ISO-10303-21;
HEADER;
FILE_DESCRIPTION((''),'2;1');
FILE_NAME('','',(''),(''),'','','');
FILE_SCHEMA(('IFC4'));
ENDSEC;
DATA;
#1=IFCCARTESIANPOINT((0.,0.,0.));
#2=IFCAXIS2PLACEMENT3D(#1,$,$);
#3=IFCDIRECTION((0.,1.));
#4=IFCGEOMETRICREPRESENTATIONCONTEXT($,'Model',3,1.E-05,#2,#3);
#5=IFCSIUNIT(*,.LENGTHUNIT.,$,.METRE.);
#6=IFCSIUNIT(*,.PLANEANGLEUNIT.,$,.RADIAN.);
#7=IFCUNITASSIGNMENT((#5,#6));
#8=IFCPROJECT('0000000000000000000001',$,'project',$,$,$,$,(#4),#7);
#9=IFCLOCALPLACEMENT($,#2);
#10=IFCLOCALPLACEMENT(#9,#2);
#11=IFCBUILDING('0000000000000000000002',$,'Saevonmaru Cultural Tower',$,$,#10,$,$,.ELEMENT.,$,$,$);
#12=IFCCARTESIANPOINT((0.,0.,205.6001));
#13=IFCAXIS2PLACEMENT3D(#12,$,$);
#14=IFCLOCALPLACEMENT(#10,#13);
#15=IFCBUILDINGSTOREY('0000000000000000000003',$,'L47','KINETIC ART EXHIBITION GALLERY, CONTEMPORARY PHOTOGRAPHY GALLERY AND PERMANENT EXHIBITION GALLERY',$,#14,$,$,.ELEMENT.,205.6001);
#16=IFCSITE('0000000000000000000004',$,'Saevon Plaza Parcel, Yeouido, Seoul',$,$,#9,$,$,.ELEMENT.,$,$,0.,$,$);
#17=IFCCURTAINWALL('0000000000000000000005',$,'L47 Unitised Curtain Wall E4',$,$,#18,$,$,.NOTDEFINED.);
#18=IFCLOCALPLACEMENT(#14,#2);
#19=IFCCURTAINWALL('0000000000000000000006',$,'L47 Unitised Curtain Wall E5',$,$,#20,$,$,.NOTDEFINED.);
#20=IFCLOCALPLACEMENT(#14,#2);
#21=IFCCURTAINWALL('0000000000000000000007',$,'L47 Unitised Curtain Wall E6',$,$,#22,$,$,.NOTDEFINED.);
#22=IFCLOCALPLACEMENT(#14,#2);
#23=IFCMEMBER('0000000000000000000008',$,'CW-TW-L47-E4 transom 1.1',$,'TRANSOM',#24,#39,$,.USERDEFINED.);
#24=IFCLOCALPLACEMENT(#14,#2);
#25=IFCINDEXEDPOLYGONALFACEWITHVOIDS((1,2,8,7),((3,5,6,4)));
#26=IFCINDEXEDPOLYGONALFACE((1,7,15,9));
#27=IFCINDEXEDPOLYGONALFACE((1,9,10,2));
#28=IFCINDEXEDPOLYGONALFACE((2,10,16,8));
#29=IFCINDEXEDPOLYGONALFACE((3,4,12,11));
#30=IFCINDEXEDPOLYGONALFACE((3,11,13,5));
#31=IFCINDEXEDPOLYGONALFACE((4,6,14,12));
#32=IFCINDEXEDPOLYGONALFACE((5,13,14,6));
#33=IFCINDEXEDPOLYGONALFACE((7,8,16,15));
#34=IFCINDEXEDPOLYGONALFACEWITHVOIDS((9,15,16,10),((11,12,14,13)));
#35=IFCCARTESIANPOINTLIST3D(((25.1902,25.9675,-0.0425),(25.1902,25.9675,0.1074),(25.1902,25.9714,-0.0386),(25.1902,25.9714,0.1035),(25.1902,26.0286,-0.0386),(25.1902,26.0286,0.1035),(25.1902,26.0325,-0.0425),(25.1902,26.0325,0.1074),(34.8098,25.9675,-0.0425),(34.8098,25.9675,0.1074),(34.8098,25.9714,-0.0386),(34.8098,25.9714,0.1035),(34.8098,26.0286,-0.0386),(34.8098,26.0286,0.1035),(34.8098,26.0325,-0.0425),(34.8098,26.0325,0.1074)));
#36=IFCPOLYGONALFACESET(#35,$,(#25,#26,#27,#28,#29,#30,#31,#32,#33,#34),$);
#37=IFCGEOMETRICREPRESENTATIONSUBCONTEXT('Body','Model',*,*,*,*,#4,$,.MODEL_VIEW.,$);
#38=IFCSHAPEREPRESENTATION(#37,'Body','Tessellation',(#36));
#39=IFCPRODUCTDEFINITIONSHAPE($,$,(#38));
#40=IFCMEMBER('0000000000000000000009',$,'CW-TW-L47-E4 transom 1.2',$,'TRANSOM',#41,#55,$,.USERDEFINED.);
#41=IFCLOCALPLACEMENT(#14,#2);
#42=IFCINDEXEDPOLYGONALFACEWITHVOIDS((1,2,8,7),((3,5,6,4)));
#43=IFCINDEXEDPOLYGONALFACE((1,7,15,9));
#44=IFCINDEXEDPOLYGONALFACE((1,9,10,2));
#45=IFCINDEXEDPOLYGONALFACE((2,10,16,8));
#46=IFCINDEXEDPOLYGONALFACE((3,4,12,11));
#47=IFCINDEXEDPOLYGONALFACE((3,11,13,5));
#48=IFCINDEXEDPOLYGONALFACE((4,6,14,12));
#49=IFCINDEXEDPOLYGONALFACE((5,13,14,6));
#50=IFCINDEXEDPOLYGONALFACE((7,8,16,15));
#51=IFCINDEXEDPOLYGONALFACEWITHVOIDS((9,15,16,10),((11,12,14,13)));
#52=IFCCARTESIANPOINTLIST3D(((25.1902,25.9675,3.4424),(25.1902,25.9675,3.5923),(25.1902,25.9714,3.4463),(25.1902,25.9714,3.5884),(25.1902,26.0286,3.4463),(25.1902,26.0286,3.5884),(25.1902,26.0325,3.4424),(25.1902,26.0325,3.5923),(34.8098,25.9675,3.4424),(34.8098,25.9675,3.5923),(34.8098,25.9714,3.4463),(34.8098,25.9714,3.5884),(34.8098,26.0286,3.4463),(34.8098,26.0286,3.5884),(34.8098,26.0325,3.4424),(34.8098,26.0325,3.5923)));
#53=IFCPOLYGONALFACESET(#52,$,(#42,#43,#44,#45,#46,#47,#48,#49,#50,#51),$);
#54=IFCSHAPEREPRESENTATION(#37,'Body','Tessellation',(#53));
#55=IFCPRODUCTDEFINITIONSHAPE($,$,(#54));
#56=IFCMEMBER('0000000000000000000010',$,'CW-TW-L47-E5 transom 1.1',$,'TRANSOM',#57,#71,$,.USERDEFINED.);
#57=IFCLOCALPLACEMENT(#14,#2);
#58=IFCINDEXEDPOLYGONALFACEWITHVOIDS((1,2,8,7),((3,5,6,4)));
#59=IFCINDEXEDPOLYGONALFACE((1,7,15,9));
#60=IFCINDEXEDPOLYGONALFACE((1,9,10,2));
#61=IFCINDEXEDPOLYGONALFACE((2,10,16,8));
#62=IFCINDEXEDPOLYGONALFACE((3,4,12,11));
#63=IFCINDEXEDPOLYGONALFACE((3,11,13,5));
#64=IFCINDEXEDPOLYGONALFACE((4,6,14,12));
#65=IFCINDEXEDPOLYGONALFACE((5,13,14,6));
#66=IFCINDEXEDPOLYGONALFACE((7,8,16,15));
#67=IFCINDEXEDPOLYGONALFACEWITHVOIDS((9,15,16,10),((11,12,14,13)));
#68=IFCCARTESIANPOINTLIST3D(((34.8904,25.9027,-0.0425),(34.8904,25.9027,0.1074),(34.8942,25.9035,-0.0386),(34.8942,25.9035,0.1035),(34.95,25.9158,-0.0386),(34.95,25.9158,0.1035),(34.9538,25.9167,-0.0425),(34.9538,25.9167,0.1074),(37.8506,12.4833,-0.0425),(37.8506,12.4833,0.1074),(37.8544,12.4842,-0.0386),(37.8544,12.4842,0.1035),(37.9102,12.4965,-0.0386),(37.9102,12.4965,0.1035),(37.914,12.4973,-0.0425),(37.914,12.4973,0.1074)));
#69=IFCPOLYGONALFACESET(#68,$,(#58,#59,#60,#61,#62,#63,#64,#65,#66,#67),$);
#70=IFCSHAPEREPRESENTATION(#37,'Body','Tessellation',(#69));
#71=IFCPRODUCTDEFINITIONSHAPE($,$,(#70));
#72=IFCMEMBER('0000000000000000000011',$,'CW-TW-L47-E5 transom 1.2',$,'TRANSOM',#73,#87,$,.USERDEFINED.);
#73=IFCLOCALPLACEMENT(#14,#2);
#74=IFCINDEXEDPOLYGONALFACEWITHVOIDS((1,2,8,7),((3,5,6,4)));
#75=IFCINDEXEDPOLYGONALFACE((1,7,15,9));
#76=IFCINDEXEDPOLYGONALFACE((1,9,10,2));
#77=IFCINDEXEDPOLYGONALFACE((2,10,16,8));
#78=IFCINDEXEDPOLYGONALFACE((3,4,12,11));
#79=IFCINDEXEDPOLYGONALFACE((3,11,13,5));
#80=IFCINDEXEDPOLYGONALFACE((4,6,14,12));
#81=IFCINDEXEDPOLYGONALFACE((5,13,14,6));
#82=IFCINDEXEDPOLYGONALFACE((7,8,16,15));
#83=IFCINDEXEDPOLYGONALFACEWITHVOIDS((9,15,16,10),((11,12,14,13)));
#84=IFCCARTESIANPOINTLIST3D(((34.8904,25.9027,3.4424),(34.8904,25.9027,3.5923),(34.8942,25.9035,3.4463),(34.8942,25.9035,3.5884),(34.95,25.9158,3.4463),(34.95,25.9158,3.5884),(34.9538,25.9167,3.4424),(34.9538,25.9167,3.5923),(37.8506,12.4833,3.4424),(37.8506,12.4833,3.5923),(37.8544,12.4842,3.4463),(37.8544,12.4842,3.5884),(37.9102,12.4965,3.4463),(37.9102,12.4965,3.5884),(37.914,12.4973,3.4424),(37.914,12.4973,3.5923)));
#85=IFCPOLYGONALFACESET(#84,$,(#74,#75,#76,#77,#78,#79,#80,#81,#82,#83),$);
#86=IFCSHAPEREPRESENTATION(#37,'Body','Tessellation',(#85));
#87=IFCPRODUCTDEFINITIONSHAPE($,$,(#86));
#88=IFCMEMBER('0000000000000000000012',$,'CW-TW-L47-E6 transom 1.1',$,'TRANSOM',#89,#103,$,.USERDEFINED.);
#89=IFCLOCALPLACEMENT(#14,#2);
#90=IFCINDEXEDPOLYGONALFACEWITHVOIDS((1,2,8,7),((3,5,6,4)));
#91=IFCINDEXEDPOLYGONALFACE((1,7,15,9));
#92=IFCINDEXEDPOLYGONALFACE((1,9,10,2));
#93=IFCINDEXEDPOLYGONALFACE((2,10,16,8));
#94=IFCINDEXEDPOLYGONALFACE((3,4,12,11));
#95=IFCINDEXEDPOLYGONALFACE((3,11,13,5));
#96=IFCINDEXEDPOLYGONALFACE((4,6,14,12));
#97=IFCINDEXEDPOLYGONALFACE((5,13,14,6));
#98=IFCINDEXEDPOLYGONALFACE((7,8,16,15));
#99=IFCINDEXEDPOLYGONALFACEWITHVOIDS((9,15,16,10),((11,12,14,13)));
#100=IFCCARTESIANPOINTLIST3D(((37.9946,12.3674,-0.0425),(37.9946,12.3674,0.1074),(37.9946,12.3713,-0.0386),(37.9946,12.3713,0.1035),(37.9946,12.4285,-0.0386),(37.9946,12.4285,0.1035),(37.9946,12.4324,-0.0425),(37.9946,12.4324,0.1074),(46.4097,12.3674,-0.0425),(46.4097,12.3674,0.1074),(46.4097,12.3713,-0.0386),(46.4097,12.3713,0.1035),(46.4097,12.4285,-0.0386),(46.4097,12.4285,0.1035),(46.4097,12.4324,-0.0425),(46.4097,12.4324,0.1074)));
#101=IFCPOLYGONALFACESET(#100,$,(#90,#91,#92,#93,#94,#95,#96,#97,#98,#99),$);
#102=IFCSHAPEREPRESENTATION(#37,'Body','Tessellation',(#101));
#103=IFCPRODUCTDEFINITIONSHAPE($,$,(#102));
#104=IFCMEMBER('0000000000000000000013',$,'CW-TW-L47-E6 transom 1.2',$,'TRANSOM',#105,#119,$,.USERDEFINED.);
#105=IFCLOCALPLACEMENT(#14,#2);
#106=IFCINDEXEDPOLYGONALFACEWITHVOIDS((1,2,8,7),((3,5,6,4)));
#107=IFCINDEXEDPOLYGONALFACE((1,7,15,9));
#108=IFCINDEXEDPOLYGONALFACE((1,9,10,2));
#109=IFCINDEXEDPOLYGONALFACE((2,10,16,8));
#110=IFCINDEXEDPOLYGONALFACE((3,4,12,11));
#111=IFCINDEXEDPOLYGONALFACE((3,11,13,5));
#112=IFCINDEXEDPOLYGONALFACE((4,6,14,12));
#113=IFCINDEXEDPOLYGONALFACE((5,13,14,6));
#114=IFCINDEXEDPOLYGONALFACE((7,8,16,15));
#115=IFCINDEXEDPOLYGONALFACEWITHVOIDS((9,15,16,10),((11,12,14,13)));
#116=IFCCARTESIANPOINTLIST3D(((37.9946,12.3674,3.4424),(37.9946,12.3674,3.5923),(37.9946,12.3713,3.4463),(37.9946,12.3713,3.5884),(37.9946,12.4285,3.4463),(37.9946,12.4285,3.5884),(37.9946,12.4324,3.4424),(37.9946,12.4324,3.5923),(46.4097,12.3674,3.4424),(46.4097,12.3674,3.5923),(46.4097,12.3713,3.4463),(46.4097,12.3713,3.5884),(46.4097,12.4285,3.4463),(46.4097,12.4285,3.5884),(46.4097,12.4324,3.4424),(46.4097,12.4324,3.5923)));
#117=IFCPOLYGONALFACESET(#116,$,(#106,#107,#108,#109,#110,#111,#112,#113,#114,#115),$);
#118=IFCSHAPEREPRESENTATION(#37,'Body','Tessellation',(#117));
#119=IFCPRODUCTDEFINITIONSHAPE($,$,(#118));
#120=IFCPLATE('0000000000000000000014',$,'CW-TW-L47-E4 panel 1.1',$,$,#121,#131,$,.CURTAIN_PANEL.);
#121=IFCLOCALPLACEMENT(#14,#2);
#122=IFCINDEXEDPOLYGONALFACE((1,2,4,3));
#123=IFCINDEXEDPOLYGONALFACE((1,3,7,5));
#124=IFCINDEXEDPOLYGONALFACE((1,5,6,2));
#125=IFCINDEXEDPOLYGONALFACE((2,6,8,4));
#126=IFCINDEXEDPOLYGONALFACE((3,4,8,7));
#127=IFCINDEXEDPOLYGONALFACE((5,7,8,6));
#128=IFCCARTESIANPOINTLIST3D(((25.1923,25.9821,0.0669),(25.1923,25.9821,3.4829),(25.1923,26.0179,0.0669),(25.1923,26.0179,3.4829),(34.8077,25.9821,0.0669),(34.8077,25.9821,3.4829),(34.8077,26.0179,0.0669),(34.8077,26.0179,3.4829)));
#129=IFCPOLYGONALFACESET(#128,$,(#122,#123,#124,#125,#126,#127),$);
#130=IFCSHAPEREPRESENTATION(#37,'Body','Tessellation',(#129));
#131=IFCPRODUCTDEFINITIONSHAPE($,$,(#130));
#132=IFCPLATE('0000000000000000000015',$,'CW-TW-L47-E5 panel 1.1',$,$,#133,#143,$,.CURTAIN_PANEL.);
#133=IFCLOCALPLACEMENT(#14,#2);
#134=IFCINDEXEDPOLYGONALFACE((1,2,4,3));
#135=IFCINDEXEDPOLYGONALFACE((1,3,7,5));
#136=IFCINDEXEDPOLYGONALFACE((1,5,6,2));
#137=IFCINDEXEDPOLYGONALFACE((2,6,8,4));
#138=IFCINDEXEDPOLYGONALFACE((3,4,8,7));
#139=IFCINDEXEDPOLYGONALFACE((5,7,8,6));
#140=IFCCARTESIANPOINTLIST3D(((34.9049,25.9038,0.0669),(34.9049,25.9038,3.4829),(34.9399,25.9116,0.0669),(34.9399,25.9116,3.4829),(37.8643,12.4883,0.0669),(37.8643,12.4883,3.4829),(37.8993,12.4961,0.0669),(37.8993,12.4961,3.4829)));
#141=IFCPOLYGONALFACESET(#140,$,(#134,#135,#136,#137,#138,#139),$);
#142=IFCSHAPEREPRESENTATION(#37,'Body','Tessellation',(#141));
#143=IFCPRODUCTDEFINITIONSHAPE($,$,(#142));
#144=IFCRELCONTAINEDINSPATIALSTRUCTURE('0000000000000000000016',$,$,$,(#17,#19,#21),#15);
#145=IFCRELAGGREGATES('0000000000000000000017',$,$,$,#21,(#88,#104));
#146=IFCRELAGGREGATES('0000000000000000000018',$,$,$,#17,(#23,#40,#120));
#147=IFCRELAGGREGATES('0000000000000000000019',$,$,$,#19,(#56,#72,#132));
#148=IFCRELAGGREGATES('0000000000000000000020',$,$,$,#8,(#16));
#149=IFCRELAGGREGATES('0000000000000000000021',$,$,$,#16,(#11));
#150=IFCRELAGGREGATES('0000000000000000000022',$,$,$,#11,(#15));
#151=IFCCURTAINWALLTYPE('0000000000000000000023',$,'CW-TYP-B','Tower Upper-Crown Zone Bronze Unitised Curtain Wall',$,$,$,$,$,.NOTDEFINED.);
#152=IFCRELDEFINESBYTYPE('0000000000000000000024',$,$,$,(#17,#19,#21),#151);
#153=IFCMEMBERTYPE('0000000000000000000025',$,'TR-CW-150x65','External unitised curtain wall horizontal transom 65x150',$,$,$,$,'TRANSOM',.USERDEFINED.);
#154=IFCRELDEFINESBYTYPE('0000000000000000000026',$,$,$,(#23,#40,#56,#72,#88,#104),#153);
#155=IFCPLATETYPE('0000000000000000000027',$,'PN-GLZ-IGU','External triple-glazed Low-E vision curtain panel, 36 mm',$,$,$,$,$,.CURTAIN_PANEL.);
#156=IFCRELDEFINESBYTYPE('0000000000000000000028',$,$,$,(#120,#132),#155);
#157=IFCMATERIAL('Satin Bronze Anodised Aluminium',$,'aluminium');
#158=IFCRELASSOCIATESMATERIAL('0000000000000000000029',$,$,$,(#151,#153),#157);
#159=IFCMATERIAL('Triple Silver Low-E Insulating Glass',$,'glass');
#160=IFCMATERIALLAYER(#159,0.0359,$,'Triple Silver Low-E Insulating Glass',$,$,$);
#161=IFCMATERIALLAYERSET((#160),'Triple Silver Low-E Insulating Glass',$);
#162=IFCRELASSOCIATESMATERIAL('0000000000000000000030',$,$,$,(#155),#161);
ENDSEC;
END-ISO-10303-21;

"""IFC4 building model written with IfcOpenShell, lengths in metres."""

from ifc_helpers import new_model, si_unit, direction, frame, origin, origin_2d, place, context, subcontext, project, spatial, rectangle, hollow_rectangle, extrude, material, layer, layer_set, material_profile, profile_set, type_object, element, aggregate, save


model = new_model("IFC4")

# Units and contexts
model_context = context("Model", 3, precision=1e-05, world=origin(), true_north=direction((0.0, 1.0)))
body_context = subcontext(model_context, "Body", "Model", "MODEL_VIEW")
ifc_project = project(units=[si_unit("LENGTHUNIT", "METRE"), si_unit("PLANEANGLEUNIT", "RADIAN")], contexts=[model_context])

# Site, building, storey
site_placement = place(None, origin())
site = spatial("IfcSite", under=ifc_project, at=site_placement, Name="Saevon Plaza Parcel, Yeouido, Seoul", CompositionType="ELEMENT", RefElevation=0.0)
building_placement = place(site_placement, origin())
building = spatial("IfcBuilding", under=site, at=building_placement, Name="Saevonmaru Cultural Tower", CompositionType="ELEMENT")
storey_placement = place(building_placement, frame((0.0, 0.0, 205.6001)))
storey = spatial("IfcBuildingStorey", under=building, at=storey_placement, Name="L47", Description="KINETIC ART EXHIBITION GALLERY, CONTEMPORARY PHOTOGRAPHY GALLERY AND PERMANENT EXHIBITION GALLERY", CompositionType="ELEMENT", Elevation=205.6001)

# Curtain wall
ifc_material_1 = material(Name="Satin Bronze Anodised Aluminium", Category="aluminium")
curtain_wall_type = type_object("IfcCurtainWallType", Name="CW-TYP-B", Description="Tower Upper-Crown Zone Bronze Unitised Curtain Wall", PredefinedType="NOTDEFINED", material=ifc_material_1)
curtain_wall_1_placement = place(storey_placement, origin())
curtain_wall_1 = element("IfcCurtainWall", 1, at=curtain_wall_1_placement, inside=storey, type_object=curtain_wall_type, Name="L47 Unitised Curtain Wall E4", PredefinedType="NOTDEFINED")

# Curtain wall
curtain_wall_2_placement = place(storey_placement, origin())
curtain_wall_2 = element("IfcCurtainWall", 2, at=curtain_wall_2_placement, inside=storey, type_object=curtain_wall_type, Name="L47 Unitised Curtain Wall E5", PredefinedType="NOTDEFINED")

# Curtain wall
curtain_wall_3_placement = place(storey_placement, origin())
curtain_wall_3 = element("IfcCurtainWall", 3, at=curtain_wall_3_placement, inside=storey, type_object=curtain_wall_type, Name="L47 Unitised Curtain Wall E6", PredefinedType="NOTDEFINED")

# Members
ifc_material_profile_1 = material_profile(ifc_material_1, hollow_rectangle(XDim=0.0649, YDim=0.1499, WallThickness=0.0039, at=origin_2d()), Name="ALU-TRAN-150x65x4")
ifc_profile_set_1 = profile_set([ifc_material_profile_1], Name="Satin Bronze Anodised Aluminium")
member_type_1 = type_object("IfcMemberType", Name="TR-CW-150x65", Description="External unitised curtain wall horizontal transom 65x150", ElementType="TRANSOM", PredefinedType="USERDEFINED", material=ifc_profile_set_1)
member_1_placement = place(storey_placement, frame((25.1902, 26.0, 0.0325), z_axis=(1.0, 0.0, 0.0), x_axis=(0.0, 1.0, 0.0)))
member_1 = element("IfcMember", 4, at=member_1_placement, type_object=member_type_1, Name="CW-TW-L47-E4 transom 1.1", ObjectType="TRANSOM", PredefinedType="USERDEFINED", context=body_context, shape_type="SweptSolid", body=[
    extrude(hollow_rectangle(XDim=0.0649, YDim=0.1499, WallThickness=0.0039, at=origin_2d()), origin(), (0.0, 0.0, 1.0), 9.6196),
])
member_2_placement = place(storey_placement, frame((25.1902, 26.0, 3.5173), z_axis=(1.0, 0.0, 0.0), x_axis=(0.0, 1.0, 0.0)))
member_2 = element("IfcMember", 5, at=member_2_placement, type_object=member_type_1, Name="CW-TW-L47-E4 transom 1.2", ObjectType="TRANSOM", PredefinedType="USERDEFINED", context=body_context, shape_type="SweptSolid", body=[
    extrude(hollow_rectangle(XDim=0.0649, YDim=0.1499, WallThickness=0.0039, at=origin_2d()), origin(), (0.0, 0.0, 1.0), 9.6196),
])
member_3_placement = place(storey_placement, frame((34.9221, 25.9097, 0.0325), z_axis=(0.215412, -0.976523, 0.0), x_axis=(0.976523, 0.215412, 0.0)))
member_3 = element("IfcMember", 6, at=member_3_placement, type_object=member_type_1, Name="CW-TW-L47-E5 transom 1.1", ObjectType="TRANSOM", PredefinedType="USERDEFINED", context=body_context, shape_type="SweptSolid", body=[
    extrude(hollow_rectangle(XDim=0.0649, YDim=0.1499, WallThickness=0.0039, at=origin_2d()), origin(), (0.0, 0.0, 1.0), 13.7419),
])
member_4_placement = place(storey_placement, frame((34.9221, 25.9097, 3.5173), z_axis=(0.215412, -0.976523, 0.0), x_axis=(0.976523, 0.215412, 0.0)))
member_4 = element("IfcMember", 7, at=member_4_placement, type_object=member_type_1, Name="CW-TW-L47-E5 transom 1.2", ObjectType="TRANSOM", PredefinedType="USERDEFINED", context=body_context, shape_type="SweptSolid", body=[
    extrude(hollow_rectangle(XDim=0.0649, YDim=0.1499, WallThickness=0.0039, at=origin_2d()), origin(), (0.0, 0.0, 1.0), 13.7419),
])
member_5_placement = place(storey_placement, frame((37.9946, 12.3999, 0.0325), z_axis=(1.0, 0.0, 0.0), x_axis=(0.0, 1.0, 0.0)))
member_5 = element("IfcMember", 8, at=member_5_placement, type_object=member_type_1, Name="CW-TW-L47-E6 transom 1.1", ObjectType="TRANSOM", PredefinedType="USERDEFINED", context=body_context, shape_type="SweptSolid", body=[
    extrude(hollow_rectangle(XDim=0.0649, YDim=0.1499, WallThickness=0.0039, at=origin_2d()), origin(), (0.0, 0.0, 1.0), 8.415),
])
member_6_placement = place(storey_placement, frame((37.9946, 12.3999, 3.5173), z_axis=(1.0, 0.0, 0.0), x_axis=(0.0, 1.0, 0.0)))
member_6 = element("IfcMember", 9, at=member_6_placement, type_object=member_type_1, Name="CW-TW-L47-E6 transom 1.2", ObjectType="TRANSOM", PredefinedType="USERDEFINED", context=body_context, shape_type="SweptSolid", body=[
    extrude(hollow_rectangle(XDim=0.0649, YDim=0.1499, WallThickness=0.0039, at=origin_2d()), origin(), (0.0, 0.0, 1.0), 8.415),
])
aggregate(curtain_wall_3, [member_5, member_6])

# Plates
ifc_material_2 = material(Name="Triple Silver Low-E Insulating Glass", Category="glass")
ifc_layer = layer(ifc_material_2, 0.0359, Name="Triple Silver Low-E Insulating Glass")
ifc_layer_set = layer_set([ifc_layer], Name="Triple Silver Low-E Insulating Glass")
plate_type = type_object("IfcPlateType", Name="PN-GLZ-IGU", Description="External triple-glazed Low-E vision curtain panel, 36 mm", PredefinedType="CURTAIN_PANEL", material=ifc_layer_set)
plate_1_placement = place(storey_placement, frame((30.0, 26.0, 0.0669), z_axis=(0.0, 0.0, 1.0), x_axis=(1.0, 0.0, 0.0)))
plate_1 = element("IfcPlate", 10, at=plate_1_placement, type_object=plate_type, Name="CW-TW-L47-E4 panel 1.1", PredefinedType="CURTAIN_PANEL", context=body_context, shape_type="SweptSolid", body=[
    extrude(rectangle(XDim=9.6155, YDim=0.0359, at=origin_2d()), origin(), (0.0, 0.0, 1.0), 3.416),
])
aggregate(curtain_wall_1, [member_1, member_2, plate_1])
plate_2_placement = place(storey_placement, frame((36.4021, 19.2, 0.0669), z_axis=(0.0, 0.0, 1.0), x_axis=(0.215413, -0.976523, 0.0)))
plate_2 = element("IfcPlate", 11, at=plate_2_placement, type_object=plate_type, Name="CW-TW-L47-E5 panel 1.1", PredefinedType="CURTAIN_PANEL", context=body_context, shape_type="SweptSolid", body=[
    extrude(rectangle(XDim=13.738, YDim=0.0359, at=origin_2d()), origin(), (0.0, 0.0, 1.0), 3.416),
])
aggregate(curtain_wall_2, [member_3, member_4, plate_2])

save(model, "model.ifc")
